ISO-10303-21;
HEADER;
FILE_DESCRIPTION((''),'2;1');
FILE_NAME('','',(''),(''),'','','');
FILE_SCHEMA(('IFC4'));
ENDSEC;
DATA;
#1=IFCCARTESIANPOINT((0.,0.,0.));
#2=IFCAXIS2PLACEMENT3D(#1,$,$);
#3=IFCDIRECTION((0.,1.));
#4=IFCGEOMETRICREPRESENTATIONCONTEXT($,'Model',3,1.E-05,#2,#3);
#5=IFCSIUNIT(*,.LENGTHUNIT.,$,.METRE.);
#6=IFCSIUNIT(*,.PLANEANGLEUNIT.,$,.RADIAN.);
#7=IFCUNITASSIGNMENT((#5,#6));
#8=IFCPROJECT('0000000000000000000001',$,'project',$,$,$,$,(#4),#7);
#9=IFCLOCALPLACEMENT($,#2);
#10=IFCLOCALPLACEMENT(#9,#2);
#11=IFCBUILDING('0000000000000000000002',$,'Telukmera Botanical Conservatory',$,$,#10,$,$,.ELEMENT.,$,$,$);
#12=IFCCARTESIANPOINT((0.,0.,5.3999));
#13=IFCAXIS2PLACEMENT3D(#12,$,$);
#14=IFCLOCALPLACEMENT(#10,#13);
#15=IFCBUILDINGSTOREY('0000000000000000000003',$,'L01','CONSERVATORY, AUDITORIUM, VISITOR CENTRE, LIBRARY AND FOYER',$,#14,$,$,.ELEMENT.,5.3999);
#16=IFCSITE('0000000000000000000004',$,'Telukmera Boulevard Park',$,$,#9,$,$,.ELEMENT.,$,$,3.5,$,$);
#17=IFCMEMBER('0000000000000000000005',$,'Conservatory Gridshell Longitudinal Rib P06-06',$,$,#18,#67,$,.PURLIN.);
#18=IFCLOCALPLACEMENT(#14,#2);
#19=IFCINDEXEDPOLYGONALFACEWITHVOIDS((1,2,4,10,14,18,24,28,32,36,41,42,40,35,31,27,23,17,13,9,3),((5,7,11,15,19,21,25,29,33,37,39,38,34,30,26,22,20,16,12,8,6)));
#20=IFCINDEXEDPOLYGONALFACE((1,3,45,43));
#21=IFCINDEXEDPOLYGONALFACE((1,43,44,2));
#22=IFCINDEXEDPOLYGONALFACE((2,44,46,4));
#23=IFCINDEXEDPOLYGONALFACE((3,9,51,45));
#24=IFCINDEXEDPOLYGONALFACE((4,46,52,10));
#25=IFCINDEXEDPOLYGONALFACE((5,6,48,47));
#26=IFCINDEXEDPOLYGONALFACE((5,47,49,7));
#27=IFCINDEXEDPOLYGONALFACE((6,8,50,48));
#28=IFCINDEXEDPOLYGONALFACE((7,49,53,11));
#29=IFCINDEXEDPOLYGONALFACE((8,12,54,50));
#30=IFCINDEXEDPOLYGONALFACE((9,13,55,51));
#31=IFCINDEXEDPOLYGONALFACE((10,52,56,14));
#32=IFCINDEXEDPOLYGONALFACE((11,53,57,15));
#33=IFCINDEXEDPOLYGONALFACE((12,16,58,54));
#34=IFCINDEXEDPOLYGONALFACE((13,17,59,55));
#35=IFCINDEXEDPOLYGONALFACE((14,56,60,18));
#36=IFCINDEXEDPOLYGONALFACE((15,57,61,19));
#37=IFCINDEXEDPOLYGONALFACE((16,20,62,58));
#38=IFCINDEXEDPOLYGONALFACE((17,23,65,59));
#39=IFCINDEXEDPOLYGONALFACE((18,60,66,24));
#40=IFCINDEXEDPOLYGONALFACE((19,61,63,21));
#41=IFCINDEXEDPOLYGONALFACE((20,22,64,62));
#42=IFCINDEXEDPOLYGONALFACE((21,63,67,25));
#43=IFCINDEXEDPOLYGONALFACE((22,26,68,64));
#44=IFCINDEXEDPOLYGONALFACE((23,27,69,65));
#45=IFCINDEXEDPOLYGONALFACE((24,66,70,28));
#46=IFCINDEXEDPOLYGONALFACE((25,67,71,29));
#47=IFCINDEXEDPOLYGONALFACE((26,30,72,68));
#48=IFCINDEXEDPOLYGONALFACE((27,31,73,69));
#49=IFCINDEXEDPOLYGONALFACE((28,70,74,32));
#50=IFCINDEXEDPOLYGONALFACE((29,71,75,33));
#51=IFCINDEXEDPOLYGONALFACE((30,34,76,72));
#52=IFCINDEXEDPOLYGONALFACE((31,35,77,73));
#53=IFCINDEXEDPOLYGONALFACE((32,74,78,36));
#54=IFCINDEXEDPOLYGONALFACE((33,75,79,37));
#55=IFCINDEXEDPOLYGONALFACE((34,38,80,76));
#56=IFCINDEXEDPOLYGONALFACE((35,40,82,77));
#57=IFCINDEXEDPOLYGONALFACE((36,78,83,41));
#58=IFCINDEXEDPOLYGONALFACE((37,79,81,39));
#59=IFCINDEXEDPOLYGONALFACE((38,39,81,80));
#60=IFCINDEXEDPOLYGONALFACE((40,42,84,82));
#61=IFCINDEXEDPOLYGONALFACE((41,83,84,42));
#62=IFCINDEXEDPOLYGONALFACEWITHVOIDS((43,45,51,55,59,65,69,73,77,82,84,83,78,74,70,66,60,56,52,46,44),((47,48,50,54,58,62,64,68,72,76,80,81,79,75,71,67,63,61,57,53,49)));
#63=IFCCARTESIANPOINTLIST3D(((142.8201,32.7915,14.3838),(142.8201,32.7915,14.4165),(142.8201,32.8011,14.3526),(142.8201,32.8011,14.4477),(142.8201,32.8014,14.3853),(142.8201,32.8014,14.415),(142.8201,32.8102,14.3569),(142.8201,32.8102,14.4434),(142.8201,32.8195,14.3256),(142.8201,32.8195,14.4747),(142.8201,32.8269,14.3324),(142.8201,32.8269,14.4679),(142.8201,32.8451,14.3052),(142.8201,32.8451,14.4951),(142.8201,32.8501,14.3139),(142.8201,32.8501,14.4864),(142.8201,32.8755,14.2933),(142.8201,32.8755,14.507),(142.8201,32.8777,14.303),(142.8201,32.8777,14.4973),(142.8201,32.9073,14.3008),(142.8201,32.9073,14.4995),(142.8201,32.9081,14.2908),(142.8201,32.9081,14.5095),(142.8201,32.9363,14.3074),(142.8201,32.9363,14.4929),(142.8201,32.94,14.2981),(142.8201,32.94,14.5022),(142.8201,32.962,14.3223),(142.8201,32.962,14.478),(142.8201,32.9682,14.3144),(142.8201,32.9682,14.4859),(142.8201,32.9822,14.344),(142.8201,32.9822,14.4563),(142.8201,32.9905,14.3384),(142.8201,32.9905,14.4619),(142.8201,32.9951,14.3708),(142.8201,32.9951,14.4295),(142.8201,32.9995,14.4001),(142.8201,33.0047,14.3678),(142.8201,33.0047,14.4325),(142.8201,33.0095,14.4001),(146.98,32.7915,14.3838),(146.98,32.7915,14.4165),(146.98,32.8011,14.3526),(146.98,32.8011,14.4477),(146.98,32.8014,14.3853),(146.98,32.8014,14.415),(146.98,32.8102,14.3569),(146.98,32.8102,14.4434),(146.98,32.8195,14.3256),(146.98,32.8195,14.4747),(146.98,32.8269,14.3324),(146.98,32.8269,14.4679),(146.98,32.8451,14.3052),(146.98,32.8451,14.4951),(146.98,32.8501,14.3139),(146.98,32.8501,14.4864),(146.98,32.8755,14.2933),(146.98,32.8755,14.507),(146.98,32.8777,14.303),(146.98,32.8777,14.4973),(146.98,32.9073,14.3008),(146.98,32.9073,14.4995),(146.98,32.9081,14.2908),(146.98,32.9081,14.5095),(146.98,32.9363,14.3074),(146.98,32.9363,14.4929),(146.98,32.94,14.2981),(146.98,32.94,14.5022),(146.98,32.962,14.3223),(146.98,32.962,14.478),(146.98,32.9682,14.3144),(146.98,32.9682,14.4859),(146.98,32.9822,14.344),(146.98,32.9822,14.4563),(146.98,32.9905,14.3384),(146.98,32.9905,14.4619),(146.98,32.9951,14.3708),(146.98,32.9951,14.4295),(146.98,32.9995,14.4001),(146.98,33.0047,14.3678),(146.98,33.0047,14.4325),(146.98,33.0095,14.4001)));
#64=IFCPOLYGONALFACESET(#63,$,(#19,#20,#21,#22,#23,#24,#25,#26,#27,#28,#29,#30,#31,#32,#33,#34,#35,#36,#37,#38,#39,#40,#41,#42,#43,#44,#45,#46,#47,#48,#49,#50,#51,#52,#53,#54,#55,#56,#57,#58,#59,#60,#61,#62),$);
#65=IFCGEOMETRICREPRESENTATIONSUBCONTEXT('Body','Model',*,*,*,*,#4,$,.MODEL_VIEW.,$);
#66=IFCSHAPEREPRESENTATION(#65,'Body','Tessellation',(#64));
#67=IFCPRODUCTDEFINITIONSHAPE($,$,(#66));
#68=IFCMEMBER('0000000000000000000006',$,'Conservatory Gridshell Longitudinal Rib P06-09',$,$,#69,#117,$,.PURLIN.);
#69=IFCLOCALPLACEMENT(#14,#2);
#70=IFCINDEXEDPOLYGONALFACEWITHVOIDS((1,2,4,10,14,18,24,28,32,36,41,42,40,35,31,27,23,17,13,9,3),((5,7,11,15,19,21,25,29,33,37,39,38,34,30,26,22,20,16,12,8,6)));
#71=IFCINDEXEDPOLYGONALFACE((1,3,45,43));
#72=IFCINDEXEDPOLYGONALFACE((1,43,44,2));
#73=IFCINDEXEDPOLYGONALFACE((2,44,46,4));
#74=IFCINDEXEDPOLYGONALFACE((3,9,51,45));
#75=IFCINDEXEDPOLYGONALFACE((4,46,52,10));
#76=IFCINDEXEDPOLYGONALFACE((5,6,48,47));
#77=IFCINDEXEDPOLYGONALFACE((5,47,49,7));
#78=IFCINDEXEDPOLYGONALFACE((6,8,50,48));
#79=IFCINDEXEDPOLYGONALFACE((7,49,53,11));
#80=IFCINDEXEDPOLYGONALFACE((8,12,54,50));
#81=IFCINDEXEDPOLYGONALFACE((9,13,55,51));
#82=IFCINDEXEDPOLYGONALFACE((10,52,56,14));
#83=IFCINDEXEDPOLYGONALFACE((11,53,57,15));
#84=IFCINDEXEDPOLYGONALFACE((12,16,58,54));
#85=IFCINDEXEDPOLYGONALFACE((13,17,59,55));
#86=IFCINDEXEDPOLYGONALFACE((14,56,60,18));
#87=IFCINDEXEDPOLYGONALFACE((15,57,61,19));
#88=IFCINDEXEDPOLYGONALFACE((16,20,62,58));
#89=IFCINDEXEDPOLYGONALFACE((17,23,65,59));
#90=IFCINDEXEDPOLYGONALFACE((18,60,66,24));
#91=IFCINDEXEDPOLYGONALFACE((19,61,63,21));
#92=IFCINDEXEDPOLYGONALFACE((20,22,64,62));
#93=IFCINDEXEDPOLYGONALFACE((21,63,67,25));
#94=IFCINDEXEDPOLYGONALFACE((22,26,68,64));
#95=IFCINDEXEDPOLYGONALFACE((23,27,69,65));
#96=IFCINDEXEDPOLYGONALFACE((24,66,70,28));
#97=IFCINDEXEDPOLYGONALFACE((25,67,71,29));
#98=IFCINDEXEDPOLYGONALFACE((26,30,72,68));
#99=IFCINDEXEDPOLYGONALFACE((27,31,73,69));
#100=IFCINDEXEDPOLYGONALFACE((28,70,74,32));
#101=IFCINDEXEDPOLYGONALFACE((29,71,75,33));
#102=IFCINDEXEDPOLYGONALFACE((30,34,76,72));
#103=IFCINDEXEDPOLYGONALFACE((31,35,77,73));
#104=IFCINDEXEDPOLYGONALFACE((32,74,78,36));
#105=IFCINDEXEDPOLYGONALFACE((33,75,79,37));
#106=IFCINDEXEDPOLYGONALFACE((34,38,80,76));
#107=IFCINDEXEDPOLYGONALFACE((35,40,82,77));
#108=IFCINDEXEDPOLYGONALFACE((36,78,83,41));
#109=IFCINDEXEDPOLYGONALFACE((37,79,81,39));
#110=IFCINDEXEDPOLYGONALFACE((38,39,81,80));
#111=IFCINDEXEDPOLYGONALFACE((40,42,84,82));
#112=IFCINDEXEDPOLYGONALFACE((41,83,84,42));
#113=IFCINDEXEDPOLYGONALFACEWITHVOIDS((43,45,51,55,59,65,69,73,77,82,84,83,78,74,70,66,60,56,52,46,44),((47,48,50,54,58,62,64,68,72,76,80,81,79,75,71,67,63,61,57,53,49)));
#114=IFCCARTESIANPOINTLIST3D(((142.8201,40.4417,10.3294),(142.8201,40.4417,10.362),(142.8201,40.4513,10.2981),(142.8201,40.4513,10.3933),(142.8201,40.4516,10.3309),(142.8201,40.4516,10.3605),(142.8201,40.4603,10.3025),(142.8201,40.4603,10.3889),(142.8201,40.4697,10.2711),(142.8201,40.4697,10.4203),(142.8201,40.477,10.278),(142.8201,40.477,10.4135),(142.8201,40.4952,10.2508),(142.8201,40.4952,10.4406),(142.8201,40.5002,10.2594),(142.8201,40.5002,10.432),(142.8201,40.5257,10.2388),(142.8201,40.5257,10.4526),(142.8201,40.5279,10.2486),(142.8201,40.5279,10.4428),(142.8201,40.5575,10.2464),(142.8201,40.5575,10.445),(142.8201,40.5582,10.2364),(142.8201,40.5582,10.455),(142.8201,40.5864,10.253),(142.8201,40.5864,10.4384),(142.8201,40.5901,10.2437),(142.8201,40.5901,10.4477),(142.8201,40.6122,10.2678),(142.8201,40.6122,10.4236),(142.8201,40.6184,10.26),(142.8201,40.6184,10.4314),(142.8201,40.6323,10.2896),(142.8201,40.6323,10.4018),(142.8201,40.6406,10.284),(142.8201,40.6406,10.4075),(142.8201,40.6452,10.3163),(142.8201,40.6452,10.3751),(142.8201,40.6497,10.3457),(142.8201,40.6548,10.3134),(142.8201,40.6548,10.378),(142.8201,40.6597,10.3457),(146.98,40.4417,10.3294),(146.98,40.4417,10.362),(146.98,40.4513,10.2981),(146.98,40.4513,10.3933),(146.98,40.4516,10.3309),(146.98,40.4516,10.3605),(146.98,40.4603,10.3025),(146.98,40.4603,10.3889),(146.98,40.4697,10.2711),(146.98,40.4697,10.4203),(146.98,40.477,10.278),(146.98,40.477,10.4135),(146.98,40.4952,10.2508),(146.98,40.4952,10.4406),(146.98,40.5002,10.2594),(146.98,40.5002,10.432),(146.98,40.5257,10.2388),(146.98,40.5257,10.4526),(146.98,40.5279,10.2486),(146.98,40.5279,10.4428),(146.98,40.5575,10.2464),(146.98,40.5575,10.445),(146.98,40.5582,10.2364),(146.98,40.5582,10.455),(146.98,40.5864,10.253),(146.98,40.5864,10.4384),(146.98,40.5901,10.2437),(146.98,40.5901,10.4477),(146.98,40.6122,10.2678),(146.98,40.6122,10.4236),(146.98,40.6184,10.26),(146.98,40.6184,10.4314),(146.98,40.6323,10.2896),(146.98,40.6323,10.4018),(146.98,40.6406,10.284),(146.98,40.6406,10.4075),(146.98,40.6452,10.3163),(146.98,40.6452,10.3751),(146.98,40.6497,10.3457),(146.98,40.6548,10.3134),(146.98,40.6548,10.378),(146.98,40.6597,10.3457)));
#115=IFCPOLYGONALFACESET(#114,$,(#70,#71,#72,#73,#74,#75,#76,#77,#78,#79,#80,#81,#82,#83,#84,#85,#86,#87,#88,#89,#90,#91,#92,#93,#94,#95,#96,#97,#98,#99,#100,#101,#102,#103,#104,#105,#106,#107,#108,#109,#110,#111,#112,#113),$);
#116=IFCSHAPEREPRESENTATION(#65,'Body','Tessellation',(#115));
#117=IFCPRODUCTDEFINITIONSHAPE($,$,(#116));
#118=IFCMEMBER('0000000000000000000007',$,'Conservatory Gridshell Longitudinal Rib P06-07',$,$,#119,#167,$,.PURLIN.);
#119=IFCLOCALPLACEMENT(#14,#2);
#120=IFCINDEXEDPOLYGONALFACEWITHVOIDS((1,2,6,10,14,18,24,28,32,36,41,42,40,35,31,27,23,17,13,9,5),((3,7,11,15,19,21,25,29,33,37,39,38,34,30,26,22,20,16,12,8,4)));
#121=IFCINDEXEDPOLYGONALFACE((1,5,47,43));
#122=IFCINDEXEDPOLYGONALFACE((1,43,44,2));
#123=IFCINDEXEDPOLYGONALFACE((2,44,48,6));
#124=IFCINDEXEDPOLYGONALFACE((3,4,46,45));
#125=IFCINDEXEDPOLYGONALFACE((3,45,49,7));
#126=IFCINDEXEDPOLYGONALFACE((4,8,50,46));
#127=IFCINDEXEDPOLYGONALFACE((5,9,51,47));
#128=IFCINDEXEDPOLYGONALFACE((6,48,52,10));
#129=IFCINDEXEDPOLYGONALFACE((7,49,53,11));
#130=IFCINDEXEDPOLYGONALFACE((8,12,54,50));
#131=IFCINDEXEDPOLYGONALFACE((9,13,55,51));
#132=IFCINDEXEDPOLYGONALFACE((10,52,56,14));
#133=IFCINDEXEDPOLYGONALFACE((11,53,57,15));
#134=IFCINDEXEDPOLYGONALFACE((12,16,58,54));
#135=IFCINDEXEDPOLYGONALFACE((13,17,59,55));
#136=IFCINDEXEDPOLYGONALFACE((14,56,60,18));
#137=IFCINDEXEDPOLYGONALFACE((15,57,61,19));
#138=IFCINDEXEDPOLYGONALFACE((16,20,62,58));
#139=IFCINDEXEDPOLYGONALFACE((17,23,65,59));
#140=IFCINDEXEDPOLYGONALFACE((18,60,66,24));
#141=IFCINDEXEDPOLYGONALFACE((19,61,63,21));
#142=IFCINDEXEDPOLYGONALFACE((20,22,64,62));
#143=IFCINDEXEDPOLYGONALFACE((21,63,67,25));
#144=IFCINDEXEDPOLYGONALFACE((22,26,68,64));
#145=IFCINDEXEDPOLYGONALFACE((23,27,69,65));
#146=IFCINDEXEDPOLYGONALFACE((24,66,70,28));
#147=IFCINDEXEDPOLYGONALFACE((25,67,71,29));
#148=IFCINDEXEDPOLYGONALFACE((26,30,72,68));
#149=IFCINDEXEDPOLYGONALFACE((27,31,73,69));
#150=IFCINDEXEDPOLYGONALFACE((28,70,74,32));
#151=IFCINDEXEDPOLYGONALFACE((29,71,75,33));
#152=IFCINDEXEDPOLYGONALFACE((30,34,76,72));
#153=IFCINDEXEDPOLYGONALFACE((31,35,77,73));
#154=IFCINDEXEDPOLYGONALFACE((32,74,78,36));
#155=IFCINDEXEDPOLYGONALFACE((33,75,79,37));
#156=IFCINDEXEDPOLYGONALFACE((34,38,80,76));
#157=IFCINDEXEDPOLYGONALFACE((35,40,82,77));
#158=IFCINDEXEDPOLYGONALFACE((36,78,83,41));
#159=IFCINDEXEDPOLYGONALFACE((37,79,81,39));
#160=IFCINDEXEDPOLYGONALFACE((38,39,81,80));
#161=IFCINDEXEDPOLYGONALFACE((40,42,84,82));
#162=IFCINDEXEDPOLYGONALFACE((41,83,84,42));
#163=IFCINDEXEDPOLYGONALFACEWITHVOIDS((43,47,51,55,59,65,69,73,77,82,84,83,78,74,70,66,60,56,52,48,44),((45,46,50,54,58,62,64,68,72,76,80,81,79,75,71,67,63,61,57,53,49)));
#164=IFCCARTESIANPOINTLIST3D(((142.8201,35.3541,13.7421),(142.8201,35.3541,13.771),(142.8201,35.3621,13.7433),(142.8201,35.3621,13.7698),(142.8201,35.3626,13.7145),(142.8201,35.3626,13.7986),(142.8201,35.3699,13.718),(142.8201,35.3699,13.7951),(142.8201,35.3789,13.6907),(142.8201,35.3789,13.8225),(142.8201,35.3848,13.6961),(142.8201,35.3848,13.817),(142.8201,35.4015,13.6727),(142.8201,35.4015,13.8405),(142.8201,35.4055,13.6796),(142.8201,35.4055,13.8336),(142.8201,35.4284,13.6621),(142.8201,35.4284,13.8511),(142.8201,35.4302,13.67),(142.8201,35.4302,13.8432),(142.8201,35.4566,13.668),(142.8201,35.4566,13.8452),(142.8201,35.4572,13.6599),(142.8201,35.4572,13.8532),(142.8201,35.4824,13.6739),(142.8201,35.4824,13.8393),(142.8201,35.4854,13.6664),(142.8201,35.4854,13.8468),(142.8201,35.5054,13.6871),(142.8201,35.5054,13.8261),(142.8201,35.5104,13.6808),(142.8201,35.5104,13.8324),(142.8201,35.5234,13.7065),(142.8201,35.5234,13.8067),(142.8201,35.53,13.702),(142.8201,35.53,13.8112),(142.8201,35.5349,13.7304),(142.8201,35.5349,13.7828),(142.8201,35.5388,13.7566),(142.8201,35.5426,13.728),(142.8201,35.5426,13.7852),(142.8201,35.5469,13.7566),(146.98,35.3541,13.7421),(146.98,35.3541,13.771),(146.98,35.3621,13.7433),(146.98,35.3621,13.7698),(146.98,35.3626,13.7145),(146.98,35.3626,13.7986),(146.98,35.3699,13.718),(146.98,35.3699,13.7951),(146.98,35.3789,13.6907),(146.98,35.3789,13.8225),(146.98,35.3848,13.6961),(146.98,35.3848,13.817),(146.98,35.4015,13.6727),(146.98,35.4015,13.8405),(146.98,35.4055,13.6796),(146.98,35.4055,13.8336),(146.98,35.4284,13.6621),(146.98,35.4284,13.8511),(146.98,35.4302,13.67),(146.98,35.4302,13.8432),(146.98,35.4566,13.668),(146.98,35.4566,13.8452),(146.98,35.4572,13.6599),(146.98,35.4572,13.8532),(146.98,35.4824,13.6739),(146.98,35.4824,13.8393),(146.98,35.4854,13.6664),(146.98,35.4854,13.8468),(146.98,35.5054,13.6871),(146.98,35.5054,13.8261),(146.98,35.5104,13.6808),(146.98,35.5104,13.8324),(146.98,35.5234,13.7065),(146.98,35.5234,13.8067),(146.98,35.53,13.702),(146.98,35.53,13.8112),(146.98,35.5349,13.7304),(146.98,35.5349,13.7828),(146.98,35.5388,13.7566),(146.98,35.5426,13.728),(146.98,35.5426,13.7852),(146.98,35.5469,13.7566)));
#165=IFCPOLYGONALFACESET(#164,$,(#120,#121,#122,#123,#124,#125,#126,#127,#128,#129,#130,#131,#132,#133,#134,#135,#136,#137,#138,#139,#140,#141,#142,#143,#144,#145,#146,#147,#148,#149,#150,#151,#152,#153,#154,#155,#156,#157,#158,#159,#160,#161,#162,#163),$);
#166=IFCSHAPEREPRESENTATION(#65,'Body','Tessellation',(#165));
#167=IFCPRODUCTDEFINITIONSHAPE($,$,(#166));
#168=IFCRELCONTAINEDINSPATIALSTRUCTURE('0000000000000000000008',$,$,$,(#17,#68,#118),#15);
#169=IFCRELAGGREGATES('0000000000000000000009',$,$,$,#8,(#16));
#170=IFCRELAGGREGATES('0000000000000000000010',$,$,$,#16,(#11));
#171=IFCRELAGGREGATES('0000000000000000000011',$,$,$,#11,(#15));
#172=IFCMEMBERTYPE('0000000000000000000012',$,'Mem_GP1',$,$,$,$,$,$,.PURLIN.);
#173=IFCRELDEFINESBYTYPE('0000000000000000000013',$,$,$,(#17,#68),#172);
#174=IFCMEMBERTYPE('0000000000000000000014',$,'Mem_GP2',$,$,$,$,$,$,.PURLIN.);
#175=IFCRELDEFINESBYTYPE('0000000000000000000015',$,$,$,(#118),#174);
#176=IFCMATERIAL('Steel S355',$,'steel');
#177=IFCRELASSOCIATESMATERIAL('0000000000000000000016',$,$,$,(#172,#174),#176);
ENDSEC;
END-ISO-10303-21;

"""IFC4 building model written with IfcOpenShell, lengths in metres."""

from ifc_helpers import new_model, si_unit, direction, frame, origin, origin_2d, place, context, subcontext, project, spatial, hollow_circle, extrude, material, material_profile, profile_set, type_object, element, save


model = new_model("IFC4")

# Units and contexts
model_context = context("Model", 3, precision=1e-05, world=origin(), true_north=direction((0.0, 1.0)))
body_context = subcontext(model_context, "Body", "Model", "MODEL_VIEW")
ifc_project = project(units=[si_unit("LENGTHUNIT", "METRE"), si_unit("PLANEANGLEUNIT", "RADIAN")], contexts=[model_context])

# Site, building, storey
site_placement = place(None, origin())
site = spatial("IfcSite", under=ifc_project, at=site_placement, Name="Telukmera Boulevard Park", CompositionType="ELEMENT", RefElevation=3.5)
building_placement = place(site_placement, origin())
building = spatial("IfcBuilding", under=site, at=building_placement, Name="Telukmera Botanical Conservatory", CompositionType="ELEMENT")
storey_placement = place(building_placement, frame((0.0, 0.0, 5.3999)))
storey = spatial("IfcBuildingStorey", under=building, at=storey_placement, Name="L01", Description="CONSERVATORY, AUDITORIUM, VISITOR CENTRE, LIBRARY AND FOYER", CompositionType="ELEMENT", Elevation=5.3999)

# Shared definitions
ifc_material = material(Name="Steel S355", Category="steel")

# Members
ifc_material_profile_1 = material_profile(ifc_material, hollow_circle(Radius=0.1096, WallThickness=0.01, at=origin_2d()), Name="CHS 219.1x10.0")
ifc_profile_set_1 = profile_set([ifc_material_profile_1], Name="Steel S355")
member_type_1 = type_object("IfcMemberType", Name="Mem_GP1", PredefinedType="PURLIN", material=ifc_profile_set_1)
for number, where, z_axis, x_axis, name in (
    (1, (142.8201, 32.8999, 14.4001), (1.0, 0.0, 0.0), (0.0, 1.0, 0.0), "Conservatory Gridshell Longitudinal Rib P06-06"),
    (2, (142.8201, 40.55, 10.3457), (1.0, 0.0, 0.0), (0.0, 1.0, 0.0), "Conservatory Gridshell Longitudinal Rib P06-09"),
):
    element("IfcMember", number, at=place(storey_placement, frame(where, z_axis=z_axis, x_axis=x_axis)), inside=storey, type_object=member_type_1, Name=name, PredefinedType="PURLIN", context=body_context, shape_type="SweptSolid", body=[
        extrude(hollow_circle(Radius=0.1096, WallThickness=0.01, at=origin_2d()), origin(), (0.0, 0.0, 1.0), 4.1599),
    ])
ifc_material_profile_2 = material_profile(ifc_material, hollow_circle(Radius=0.0969, WallThickness=0.0081, at=origin_2d()), Name="CHS 193.7x8.0")
ifc_profile_set_2 = profile_set([ifc_material_profile_2], Name="Steel S355")
member_type_2 = type_object("IfcMemberType", Name="Mem_GP2", PredefinedType="PURLIN", material=ifc_profile_set_2)
for number, where, z_axis, x_axis, name in (
    (3, (142.8201, 35.45, 13.7566), (1.0, 0.0, 0.0), (0.0, 1.0, 0.0), "Conservatory Gridshell Longitudinal Rib P06-07"),
):
    element("IfcMember", number, at=place(storey_placement, frame(where, z_axis=z_axis, x_axis=x_axis)), inside=storey, type_object=member_type_2, Name=name, PredefinedType="PURLIN", context=body_context, shape_type="SweptSolid", body=[
        extrude(hollow_circle(Radius=0.0969, WallThickness=0.0081, at=origin_2d()), origin(), (0.0, 0.0, 1.0), 4.1599),
    ])

save(model, "model.ifc")
